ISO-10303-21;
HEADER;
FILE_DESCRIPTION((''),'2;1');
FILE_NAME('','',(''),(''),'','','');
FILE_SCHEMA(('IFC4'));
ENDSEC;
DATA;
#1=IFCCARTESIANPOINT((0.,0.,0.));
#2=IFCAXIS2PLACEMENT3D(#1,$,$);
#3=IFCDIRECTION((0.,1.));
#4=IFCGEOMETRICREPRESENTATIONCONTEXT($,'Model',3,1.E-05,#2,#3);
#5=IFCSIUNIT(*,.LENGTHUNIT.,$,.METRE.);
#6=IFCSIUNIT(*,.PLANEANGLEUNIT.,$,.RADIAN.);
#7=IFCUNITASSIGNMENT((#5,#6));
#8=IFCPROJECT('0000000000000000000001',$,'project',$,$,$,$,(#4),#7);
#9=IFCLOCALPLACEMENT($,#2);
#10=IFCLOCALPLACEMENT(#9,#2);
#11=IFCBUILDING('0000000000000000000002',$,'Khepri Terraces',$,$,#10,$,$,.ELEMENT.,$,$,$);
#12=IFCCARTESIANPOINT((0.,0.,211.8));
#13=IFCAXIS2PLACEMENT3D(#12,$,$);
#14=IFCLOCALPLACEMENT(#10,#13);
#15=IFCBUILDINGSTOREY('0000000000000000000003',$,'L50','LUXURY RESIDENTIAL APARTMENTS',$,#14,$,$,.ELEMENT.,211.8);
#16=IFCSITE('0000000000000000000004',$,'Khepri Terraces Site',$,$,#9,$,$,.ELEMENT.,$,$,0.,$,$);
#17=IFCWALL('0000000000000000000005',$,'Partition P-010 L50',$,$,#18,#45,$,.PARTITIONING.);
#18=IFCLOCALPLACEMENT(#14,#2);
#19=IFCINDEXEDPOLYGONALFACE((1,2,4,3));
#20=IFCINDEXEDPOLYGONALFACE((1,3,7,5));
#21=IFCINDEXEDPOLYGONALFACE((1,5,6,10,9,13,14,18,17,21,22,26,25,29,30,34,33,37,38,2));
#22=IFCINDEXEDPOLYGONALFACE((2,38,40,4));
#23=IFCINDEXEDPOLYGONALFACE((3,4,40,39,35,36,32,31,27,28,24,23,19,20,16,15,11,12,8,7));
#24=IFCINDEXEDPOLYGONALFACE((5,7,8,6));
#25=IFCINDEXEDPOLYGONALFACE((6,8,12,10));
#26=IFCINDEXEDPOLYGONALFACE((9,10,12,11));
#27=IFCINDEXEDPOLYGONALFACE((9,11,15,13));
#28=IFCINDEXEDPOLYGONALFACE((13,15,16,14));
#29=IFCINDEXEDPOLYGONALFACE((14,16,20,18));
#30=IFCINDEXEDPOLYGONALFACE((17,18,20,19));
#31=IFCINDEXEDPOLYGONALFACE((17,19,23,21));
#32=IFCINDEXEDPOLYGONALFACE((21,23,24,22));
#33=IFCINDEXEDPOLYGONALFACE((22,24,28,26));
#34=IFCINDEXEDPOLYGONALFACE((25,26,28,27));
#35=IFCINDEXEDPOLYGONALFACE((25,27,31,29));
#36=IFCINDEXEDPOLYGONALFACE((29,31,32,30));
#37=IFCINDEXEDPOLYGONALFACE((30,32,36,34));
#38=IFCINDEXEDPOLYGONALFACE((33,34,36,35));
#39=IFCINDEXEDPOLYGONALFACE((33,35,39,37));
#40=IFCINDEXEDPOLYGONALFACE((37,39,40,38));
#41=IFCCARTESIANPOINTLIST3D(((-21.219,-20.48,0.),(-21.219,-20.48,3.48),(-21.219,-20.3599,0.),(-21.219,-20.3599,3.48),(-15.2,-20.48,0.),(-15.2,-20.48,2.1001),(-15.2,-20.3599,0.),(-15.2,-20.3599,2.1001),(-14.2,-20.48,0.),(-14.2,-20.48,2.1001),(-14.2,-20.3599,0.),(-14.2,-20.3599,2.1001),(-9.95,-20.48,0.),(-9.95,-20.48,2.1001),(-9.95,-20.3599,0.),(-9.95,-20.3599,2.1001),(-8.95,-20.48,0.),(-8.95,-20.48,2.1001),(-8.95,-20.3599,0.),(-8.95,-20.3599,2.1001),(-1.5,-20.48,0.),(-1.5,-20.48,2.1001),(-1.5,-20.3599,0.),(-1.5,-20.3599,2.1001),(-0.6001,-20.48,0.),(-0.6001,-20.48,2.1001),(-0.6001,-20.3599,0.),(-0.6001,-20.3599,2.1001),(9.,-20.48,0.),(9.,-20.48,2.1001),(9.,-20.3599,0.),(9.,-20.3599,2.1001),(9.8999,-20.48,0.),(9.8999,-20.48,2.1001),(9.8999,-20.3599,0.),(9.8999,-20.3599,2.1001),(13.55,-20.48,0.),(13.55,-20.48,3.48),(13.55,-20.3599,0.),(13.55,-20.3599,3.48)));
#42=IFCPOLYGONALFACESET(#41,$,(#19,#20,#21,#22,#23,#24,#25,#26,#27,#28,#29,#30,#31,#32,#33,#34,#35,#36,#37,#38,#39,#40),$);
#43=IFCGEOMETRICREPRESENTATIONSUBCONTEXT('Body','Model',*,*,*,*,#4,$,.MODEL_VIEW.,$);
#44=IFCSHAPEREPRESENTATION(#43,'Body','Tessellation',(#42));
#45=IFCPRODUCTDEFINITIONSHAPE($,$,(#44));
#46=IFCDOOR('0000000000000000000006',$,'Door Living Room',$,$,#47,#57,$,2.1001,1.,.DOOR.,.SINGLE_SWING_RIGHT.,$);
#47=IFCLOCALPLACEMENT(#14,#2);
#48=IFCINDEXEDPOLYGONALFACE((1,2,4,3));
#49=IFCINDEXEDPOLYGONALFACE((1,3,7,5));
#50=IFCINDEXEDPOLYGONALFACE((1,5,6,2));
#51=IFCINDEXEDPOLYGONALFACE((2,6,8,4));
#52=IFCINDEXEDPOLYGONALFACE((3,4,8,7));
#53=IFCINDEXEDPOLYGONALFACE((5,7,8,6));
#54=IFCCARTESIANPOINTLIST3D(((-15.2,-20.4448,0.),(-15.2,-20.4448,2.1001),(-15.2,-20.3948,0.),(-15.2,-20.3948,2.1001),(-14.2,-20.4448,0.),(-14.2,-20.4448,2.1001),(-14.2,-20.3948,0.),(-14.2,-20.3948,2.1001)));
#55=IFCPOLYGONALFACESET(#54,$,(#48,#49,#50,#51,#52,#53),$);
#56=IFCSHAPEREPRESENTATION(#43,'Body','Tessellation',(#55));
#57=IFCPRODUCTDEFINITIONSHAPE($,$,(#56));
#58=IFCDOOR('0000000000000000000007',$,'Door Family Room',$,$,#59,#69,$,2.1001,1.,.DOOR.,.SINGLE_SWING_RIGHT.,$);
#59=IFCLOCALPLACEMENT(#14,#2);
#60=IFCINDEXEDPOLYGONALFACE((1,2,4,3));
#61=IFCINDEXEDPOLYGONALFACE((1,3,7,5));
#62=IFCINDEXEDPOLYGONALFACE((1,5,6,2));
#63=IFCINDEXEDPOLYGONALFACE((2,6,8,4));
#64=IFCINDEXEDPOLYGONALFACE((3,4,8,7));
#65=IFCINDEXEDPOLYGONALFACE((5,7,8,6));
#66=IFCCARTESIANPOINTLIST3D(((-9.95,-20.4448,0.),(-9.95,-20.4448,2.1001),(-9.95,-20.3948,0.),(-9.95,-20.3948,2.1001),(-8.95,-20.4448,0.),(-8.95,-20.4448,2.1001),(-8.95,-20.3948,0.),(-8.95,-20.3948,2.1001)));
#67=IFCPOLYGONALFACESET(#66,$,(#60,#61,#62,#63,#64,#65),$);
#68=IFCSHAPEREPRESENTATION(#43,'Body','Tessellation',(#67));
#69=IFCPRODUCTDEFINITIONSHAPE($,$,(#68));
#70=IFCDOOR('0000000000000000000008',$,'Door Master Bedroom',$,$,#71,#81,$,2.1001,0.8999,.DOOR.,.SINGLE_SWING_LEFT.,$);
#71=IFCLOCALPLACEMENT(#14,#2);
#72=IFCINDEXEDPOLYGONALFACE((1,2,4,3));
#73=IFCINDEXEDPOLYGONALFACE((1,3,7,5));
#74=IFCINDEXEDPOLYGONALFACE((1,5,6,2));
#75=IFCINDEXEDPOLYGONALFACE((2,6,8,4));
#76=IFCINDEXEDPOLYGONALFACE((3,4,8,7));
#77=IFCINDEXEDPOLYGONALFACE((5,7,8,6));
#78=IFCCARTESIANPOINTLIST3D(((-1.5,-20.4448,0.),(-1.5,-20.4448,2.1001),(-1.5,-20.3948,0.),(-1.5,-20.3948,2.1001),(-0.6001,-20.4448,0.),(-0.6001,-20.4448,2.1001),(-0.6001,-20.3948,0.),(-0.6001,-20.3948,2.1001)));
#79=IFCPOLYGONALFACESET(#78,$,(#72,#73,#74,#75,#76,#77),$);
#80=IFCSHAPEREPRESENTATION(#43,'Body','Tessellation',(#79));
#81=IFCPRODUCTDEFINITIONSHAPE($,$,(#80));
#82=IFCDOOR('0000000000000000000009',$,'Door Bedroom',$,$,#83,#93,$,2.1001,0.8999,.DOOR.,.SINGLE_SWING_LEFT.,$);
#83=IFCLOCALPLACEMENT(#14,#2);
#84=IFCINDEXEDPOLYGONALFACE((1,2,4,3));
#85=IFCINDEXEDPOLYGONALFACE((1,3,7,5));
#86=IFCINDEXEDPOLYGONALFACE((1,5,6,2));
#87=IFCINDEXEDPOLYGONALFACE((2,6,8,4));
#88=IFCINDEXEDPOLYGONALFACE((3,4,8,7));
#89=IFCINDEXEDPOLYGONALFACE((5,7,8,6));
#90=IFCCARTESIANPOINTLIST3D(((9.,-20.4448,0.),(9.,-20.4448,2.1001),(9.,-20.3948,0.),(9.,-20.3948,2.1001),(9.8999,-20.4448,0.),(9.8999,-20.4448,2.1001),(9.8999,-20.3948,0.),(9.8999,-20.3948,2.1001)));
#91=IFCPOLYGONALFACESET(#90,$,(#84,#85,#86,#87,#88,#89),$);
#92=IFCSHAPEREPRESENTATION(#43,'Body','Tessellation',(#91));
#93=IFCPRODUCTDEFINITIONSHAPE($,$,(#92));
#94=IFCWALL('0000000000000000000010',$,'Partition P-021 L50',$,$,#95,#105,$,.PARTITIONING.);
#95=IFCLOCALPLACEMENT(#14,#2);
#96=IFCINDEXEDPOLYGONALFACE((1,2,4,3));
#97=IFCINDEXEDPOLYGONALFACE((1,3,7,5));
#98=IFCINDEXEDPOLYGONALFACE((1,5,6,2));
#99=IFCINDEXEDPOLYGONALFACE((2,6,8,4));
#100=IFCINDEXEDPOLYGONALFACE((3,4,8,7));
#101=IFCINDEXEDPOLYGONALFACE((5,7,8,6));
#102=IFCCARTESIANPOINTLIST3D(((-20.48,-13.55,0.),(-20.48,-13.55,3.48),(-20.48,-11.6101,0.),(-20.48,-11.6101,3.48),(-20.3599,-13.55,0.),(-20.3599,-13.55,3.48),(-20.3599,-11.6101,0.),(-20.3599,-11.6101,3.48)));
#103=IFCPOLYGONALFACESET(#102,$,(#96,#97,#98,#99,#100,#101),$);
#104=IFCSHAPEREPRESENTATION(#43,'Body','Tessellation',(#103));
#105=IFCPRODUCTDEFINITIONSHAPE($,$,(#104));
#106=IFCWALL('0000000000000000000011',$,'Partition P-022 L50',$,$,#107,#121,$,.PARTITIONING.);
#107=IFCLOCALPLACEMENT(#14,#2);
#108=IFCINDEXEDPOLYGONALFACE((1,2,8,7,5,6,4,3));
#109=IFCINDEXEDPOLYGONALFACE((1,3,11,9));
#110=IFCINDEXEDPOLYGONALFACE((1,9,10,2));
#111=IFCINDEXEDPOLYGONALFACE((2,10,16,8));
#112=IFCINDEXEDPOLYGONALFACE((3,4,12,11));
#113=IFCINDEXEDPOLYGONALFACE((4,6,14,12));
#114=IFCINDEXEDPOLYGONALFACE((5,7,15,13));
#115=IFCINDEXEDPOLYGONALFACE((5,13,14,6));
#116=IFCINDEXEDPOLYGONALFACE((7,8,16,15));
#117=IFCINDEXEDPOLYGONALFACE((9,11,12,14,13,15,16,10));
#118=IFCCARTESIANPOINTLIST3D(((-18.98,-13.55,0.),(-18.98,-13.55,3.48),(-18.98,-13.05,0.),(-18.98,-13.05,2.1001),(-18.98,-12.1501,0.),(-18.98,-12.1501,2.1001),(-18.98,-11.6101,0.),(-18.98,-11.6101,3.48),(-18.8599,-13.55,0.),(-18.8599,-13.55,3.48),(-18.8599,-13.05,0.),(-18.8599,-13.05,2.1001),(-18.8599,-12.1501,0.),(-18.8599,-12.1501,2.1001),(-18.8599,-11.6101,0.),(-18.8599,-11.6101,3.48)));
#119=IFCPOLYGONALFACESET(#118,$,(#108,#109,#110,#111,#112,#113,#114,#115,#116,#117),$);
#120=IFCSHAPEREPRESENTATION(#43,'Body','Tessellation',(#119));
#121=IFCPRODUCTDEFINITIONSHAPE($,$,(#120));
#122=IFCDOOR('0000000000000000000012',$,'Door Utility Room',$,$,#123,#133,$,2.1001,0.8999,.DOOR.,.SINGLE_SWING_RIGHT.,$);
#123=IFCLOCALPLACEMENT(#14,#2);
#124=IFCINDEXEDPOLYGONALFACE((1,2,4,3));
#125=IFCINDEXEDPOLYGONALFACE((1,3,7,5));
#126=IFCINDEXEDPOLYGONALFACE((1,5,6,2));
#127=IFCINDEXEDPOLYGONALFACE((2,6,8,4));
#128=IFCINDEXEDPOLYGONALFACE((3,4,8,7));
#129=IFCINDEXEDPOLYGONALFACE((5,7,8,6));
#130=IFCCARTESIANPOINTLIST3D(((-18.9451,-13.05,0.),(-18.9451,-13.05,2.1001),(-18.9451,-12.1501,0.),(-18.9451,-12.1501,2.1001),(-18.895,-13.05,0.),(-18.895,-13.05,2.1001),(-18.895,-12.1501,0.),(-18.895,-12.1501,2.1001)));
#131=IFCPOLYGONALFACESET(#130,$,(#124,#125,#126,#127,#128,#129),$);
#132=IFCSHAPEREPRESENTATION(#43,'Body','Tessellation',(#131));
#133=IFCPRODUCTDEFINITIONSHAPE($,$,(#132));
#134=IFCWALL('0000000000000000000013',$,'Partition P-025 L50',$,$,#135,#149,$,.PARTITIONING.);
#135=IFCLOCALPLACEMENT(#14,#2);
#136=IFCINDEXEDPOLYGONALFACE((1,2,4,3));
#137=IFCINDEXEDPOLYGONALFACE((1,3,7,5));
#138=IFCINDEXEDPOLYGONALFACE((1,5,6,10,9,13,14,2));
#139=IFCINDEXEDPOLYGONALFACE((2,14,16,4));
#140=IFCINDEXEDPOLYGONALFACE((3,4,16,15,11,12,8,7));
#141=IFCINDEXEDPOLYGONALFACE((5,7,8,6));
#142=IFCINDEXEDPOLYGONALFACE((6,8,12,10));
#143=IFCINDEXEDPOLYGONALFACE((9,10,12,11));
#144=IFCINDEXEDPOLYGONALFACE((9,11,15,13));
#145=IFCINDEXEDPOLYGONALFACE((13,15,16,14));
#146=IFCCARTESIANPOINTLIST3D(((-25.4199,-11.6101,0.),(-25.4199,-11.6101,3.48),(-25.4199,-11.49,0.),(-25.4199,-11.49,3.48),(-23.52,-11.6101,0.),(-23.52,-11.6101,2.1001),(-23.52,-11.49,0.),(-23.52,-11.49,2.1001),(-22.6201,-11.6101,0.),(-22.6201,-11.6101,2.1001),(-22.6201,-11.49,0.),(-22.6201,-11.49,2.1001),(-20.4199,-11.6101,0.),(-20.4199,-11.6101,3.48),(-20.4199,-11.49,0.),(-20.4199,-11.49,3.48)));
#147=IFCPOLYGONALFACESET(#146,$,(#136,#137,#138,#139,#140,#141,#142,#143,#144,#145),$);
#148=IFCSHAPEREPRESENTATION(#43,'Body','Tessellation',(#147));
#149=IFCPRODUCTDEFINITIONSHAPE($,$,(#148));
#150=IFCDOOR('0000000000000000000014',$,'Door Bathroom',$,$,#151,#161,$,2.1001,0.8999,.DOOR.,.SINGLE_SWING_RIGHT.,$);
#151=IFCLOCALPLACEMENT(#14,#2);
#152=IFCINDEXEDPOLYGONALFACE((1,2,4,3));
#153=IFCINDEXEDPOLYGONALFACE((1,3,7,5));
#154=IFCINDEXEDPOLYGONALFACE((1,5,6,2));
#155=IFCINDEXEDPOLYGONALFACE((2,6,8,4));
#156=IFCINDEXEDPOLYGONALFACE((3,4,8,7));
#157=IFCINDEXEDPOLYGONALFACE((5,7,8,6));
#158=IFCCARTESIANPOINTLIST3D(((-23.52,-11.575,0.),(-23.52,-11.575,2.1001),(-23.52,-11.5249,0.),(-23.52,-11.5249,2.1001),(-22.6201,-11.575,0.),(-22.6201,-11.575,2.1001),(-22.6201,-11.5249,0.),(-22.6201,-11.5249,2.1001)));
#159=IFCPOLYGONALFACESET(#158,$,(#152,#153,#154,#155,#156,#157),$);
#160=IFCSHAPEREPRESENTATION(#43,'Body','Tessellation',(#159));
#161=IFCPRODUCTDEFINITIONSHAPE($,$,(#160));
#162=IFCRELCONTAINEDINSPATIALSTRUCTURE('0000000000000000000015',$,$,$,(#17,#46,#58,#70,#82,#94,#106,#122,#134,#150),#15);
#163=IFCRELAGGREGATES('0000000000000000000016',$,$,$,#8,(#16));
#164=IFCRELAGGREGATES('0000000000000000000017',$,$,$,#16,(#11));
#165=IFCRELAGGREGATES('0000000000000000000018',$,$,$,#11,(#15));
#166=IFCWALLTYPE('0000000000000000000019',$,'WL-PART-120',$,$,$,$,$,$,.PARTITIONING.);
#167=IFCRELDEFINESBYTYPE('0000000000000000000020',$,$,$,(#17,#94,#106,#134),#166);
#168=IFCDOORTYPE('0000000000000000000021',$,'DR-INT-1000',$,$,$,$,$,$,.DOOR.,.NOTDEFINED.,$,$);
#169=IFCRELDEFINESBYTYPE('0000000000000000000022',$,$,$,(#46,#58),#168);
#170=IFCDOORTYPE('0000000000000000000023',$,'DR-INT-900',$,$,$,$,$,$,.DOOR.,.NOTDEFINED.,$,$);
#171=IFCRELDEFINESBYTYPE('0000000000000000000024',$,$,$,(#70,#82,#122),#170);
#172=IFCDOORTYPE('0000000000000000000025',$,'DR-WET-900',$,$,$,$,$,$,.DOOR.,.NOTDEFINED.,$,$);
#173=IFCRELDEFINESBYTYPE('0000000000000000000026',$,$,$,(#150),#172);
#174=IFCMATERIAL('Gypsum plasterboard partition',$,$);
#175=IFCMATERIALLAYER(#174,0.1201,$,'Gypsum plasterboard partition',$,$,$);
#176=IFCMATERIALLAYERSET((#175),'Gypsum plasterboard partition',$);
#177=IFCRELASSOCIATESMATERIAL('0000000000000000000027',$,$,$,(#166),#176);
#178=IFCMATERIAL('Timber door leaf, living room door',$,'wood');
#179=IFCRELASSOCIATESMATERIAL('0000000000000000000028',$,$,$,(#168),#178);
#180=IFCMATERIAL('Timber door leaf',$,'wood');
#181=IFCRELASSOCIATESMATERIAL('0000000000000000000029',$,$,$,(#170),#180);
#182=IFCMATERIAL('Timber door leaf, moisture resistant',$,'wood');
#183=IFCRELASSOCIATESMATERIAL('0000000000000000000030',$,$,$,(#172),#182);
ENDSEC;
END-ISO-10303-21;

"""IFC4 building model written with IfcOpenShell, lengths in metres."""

from ifc_helpers import new_model, si_unit, direction, frame, frame_2d, origin, place, context, subcontext, project, spatial, rectangle, extrude, material, layer, layer_set, type_object, element, fill, save


model = new_model("IFC4")

# Units and contexts
model_context = context("Model", 3, precision=1e-05, world=origin(), true_north=direction((0.0, 1.0)))
body_context = subcontext(model_context, "Body", "Model", "MODEL_VIEW")
ifc_project = project(units=[si_unit("LENGTHUNIT", "METRE"), si_unit("PLANEANGLEUNIT", "RADIAN")], contexts=[model_context])

# Site, building, storey
site_placement = place(None, origin())
site = spatial("IfcSite", under=ifc_project, at=site_placement, Name="Khepri Terraces Site", CompositionType="ELEMENT", RefElevation=0.0)
building_placement = place(site_placement, origin())
building = spatial("IfcBuilding", under=site, at=building_placement, Name="Khepri Terraces", CompositionType="ELEMENT")
storey_placement = place(building_placement, frame((0.0, 0.0, 211.8)))
storey = spatial("IfcBuildingStorey", under=building, at=storey_placement, Name="L50", Description="LUXURY RESIDENTIAL APARTMENTS", CompositionType="ELEMENT", Elevation=211.8)

# Shared definitions
ifc_material_1 = material(Name="Gypsum plasterboard partition")
ifc_layer_1 = layer(ifc_material_1, 0.1201, Name="Gypsum plasterboard partition")
ifc_layer_set_1 = layer_set([ifc_layer_1], Name="Gypsum plasterboard partition")
wall_type_1 = type_object("IfcWallType", Name="WL-PART-120", PredefinedType="PARTITIONING", material=ifc_layer_set_1)

# Wall, openings, doors
wall_1_placement = place(storey_placement, frame((-21.219, -20.4199, 0.0), z_axis=(0.0, 0.0, 1.0), x_axis=(1.0, 0.0, 0.0)))
wall_1 = element("IfcWall", 1, at=wall_1_placement, inside=storey, type_object=wall_type_1, Name="Partition P-010 L50", PredefinedType="PARTITIONING", context=body_context, shape_type="SweptSolid", body=[
    extrude(rectangle(XDim=34.769, YDim=0.1201, at=frame_2d((17.3845, 0.0))), origin(), (0.0, 0.0, 1.0), 3.48),
])
opening_1_placement = place(wall_1_placement, frame((6.019, 0.0, 0.0)))
opening_1 = element("IfcOpeningElement", 2, at=opening_1_placement, cuts=wall_1, PredefinedType="OPENING", context=body_context, shape_type="SweptSolid", body=[
    extrude(rectangle(XDim=1.0, YDim=2.1001, at=frame_2d((0.5, 1.05))), frame((0.0, 0.0701, 0.0), z_axis=(0.0, -1.0, 0.0), x_axis=(1.0, 0.0, 0.0)), (0.0, 0.0, 1.0), 0.1401),
])
opening_2_placement = place(wall_1_placement, frame((11.269, 0.0, 0.0)))
opening_2 = element("IfcOpeningElement", 3, at=opening_2_placement, cuts=wall_1, PredefinedType="OPENING", context=body_context, shape_type="SweptSolid", body=[
    extrude(rectangle(XDim=1.0, YDim=2.1001, at=frame_2d((0.5, 1.05))), frame((0.0, 0.0701, 0.0), z_axis=(0.0, -1.0, 0.0), x_axis=(1.0, 0.0, 0.0)), (0.0, 0.0, 1.0), 0.1401),
])
opening_3_placement = place(wall_1_placement, frame((19.719, 0.0, 0.0)))
opening_3 = element("IfcOpeningElement", 4, at=opening_3_placement, cuts=wall_1, PredefinedType="OPENING", context=body_context, shape_type="SweptSolid", body=[
    extrude(rectangle(XDim=0.8999, YDim=2.1001, at=frame_2d((0.45, 1.05))), frame((0.0, 0.0701, 0.0), z_axis=(0.0, -1.0, 0.0), x_axis=(1.0, 0.0, 0.0)), (0.0, 0.0, 1.0), 0.1401),
])
opening_4_placement = place(wall_1_placement, frame((30.219, 0.0, 0.0)))
opening_4 = element("IfcOpeningElement", 5, at=opening_4_placement, cuts=wall_1, PredefinedType="OPENING", context=body_context, shape_type="SweptSolid", body=[
    extrude(rectangle(XDim=0.8999, YDim=2.1001, at=frame_2d((0.45, 1.05))), frame((0.0, 0.0701, 0.0), z_axis=(0.0, -1.0, 0.0), x_axis=(1.0, 0.0, 0.0)), (0.0, 0.0, 1.0), 0.1401),
])
ifc_material_2 = material(Name="Timber door leaf, living room door", Category="wood")
door_type_1 = type_object("IfcDoorType", Name="DR-INT-1000", OperationType="NOTDEFINED", PredefinedType="DOOR", material=ifc_material_2)
door_1_placement = place(opening_1_placement, frame((1.0, 0.0, 0.0), z_axis=(0.0, 0.0, 1.0), x_axis=(-1.0, 0.0, 0.0)))
door_1 = element("IfcDoor", 6, at=door_1_placement, inside=storey, type_object=door_type_1, Name="Door Living Room", OperationType="SINGLE_SWING_RIGHT", OverallHeight=2.1001, OverallWidth=1.0, PredefinedType="DOOR", context=body_context, shape_type="SweptSolid", body=[
    extrude(rectangle(XDim=1.0, YDim=2.1001, at=frame_2d((0.5, 1.05))), frame((0.0, 0.0249, 0.0), z_axis=(0.0, -1.0, 0.0), x_axis=(1.0, 0.0, 0.0)), (0.0, 0.0, 1.0), 0.05),
])
fill(opening_1, door_1)
door_2_placement = place(opening_2_placement, frame((1.0, 0.0, 0.0), z_axis=(0.0, 0.0, 1.0), x_axis=(-1.0, 0.0, 0.0)))
door_2 = element("IfcDoor", 7, at=door_2_placement, inside=storey, type_object=door_type_1, Name="Door Family Room", OperationType="SINGLE_SWING_RIGHT", OverallHeight=2.1001, OverallWidth=1.0, PredefinedType="DOOR", context=body_context, shape_type="SweptSolid", body=[
    extrude(rectangle(XDim=1.0, YDim=2.1001, at=frame_2d((0.5, 1.05))), frame((0.0, 0.0249, 0.0), z_axis=(0.0, -1.0, 0.0), x_axis=(1.0, 0.0, 0.0)), (0.0, 0.0, 1.0), 0.05),
])
fill(opening_2, door_2)
ifc_material_3 = material(Name="Timber door leaf", Category="wood")
door_type_2 = type_object("IfcDoorType", Name="DR-INT-900", OperationType="NOTDEFINED", PredefinedType="DOOR", material=ifc_material_3)
door_3_placement = place(opening_3_placement, frame((0.8999, 0.0, 0.0), z_axis=(0.0, 0.0, 1.0), x_axis=(-1.0, 0.0, 0.0)))
door_3 = element("IfcDoor", 8, at=door_3_placement, inside=storey, type_object=door_type_2, Name="Door Master Bedroom", OperationType="SINGLE_SWING_LEFT", OverallHeight=2.1001, OverallWidth=0.8999, PredefinedType="DOOR", context=body_context, shape_type="SweptSolid", body=[
    extrude(rectangle(XDim=0.8999, YDim=2.1001, at=frame_2d((0.45, 1.05))), frame((0.0, 0.0249, 0.0), z_axis=(0.0, -1.0, 0.0), x_axis=(1.0, 0.0, 0.0)), (0.0, 0.0, 1.0), 0.05),
])
fill(opening_3, door_3)
door_4_placement = place(opening_4_placement, frame((0.8999, 0.0, 0.0), z_axis=(0.0, 0.0, 1.0), x_axis=(-1.0, 0.0, 0.0)))
door_4 = element("IfcDoor", 9, at=door_4_placement, inside=storey, type_object=door_type_2, Name="Door Bedroom", OperationType="SINGLE_SWING_LEFT", OverallHeight=2.1001, OverallWidth=0.8999, PredefinedType="DOOR", context=body_context, shape_type="SweptSolid", body=[
    extrude(rectangle(XDim=0.8999, YDim=2.1001, at=frame_2d((0.45, 1.05))), frame((0.0, 0.0249, 0.0), z_axis=(0.0, -1.0, 0.0), x_axis=(1.0, 0.0, 0.0)), (0.0, 0.0, 1.0), 0.05),
])
fill(opening_4, door_4)

# Wall
wall_2_placement = place(storey_placement, frame((-20.4199, -13.55, 0.0), z_axis=(0.0, 0.0, 1.0), x_axis=(0.0, 1.0, 0.0)))
element("IfcWall", 10, at=wall_2_placement, inside=storey, type_object=wall_type_1, Name="Partition P-021 L50", PredefinedType="PARTITIONING", context=body_context, shape_type="SweptSolid", body=[
    extrude(rectangle(XDim=1.9399, YDim=0.1201, at=frame_2d((0.97, 0.0))), origin(), (0.0, 0.0, 1.0), 3.48),
])

# Walls, openings, doors
wall_3_placement = place(storey_placement, frame((-18.9199, -13.55, 0.0), z_axis=(0.0, 0.0, 1.0), x_axis=(0.0, 1.0, 0.0)))
wall_3 = element("IfcWall", 11, at=wall_3_placement, inside=storey, type_object=wall_type_1, Name="Partition P-022 L50", PredefinedType="PARTITIONING", context=body_context, shape_type="SweptSolid", body=[
    extrude(rectangle(XDim=1.9399, YDim=0.1201, at=frame_2d((0.97, 0.0))), origin(), (0.0, 0.0, 1.0), 3.48),
])
opening_5_placement = place(wall_3_placement, frame((0.5, 0.0, 0.0)))
opening_5 = element("IfcOpeningElement", 12, at=opening_5_placement, cuts=wall_3, PredefinedType="OPENING", context=body_context, shape_type="SweptSolid", body=[
    extrude(rectangle(XDim=0.8999, YDim=2.1001, at=frame_2d((0.45, 1.05))), frame((0.0, 0.0701, 0.0), z_axis=(0.0, -1.0, 0.0), x_axis=(1.0, 0.0, 0.0)), (0.0, 0.0, 1.0), 0.1401),
])
door_5_placement = place(opening_5_placement, frame((0.8999, 0.0, 0.0), z_axis=(0.0, 0.0, 1.0), x_axis=(-1.0, 0.0, 0.0)))
door_5 = element("IfcDoor", 13, at=door_5_placement, inside=storey, type_object=door_type_2, Name="Door Utility Room", OperationType="SINGLE_SWING_RIGHT", OverallHeight=2.1001, OverallWidth=0.8999, PredefinedType="DOOR", context=body_context, shape_type="SweptSolid", body=[
    extrude(rectangle(XDim=0.8999, YDim=2.1001, at=frame_2d((0.45, 1.05))), frame((0.0, 0.0249, 0.0), z_axis=(0.0, -1.0, 0.0), x_axis=(1.0, 0.0, 0.0)), (0.0, 0.0, 1.0), 0.05),
])
fill(opening_5, door_5)
wall_4_placement = place(storey_placement, frame((-25.4199, -11.55, 0.0), z_axis=(0.0, 0.0, 1.0), x_axis=(1.0, 0.0, 0.0)))
wall_4 = element("IfcWall", 14, at=wall_4_placement, inside=storey, type_object=wall_type_1, Name="Partition P-025 L50", PredefinedType="PARTITIONING", context=body_context, shape_type="SweptSolid", body=[
    extrude(rectangle(XDim=5.0, YDim=0.1201, at=frame_2d((2.5, 0.0))), origin(), (0.0, 0.0, 1.0), 3.48),
])
opening_6_placement = place(wall_4_placement, frame((1.8999, 0.0, 0.0)))
opening_6 = element("IfcOpeningElement", 15, at=opening_6_placement, cuts=wall_4, PredefinedType="OPENING", context=body_context, shape_type="SweptSolid", body=[
    extrude(rectangle(XDim=0.8999, YDim=2.1001, at=frame_2d((0.45, 1.05))), frame((0.0, 0.0701, 0.0), z_axis=(0.0, -1.0, 0.0), x_axis=(1.0, 0.0, 0.0)), (0.0, 0.0, 1.0), 0.1401),
])
ifc_material_4 = material(Name="Timber door leaf, moisture resistant", Category="wood")
door_type_3 = type_object("IfcDoorType", Name="DR-WET-900", OperationType="NOTDEFINED", PredefinedType="DOOR", material=ifc_material_4)
door_6_placement = place(opening_6_placement, frame((0.8999, 0.0, 0.0), z_axis=(0.0, 0.0, 1.0), x_axis=(-1.0, 0.0, 0.0)))
door_6 = element("IfcDoor", 16, at=door_6_placement, inside=storey, type_object=door_type_3, Name="Door Bathroom", OperationType="SINGLE_SWING_RIGHT", OverallHeight=2.1001, OverallWidth=0.8999, PredefinedType="DOOR", context=body_context, shape_type="SweptSolid", body=[
    extrude(rectangle(XDim=0.8999, YDim=2.1001, at=frame_2d((0.45, 1.05))), frame((0.0, 0.0249, 0.0), z_axis=(0.0, -1.0, 0.0), x_axis=(1.0, 0.0, 0.0)), (0.0, 0.0, 1.0), 0.05),
])
fill(opening_6, door_6)

save(model, "model.ifc")
